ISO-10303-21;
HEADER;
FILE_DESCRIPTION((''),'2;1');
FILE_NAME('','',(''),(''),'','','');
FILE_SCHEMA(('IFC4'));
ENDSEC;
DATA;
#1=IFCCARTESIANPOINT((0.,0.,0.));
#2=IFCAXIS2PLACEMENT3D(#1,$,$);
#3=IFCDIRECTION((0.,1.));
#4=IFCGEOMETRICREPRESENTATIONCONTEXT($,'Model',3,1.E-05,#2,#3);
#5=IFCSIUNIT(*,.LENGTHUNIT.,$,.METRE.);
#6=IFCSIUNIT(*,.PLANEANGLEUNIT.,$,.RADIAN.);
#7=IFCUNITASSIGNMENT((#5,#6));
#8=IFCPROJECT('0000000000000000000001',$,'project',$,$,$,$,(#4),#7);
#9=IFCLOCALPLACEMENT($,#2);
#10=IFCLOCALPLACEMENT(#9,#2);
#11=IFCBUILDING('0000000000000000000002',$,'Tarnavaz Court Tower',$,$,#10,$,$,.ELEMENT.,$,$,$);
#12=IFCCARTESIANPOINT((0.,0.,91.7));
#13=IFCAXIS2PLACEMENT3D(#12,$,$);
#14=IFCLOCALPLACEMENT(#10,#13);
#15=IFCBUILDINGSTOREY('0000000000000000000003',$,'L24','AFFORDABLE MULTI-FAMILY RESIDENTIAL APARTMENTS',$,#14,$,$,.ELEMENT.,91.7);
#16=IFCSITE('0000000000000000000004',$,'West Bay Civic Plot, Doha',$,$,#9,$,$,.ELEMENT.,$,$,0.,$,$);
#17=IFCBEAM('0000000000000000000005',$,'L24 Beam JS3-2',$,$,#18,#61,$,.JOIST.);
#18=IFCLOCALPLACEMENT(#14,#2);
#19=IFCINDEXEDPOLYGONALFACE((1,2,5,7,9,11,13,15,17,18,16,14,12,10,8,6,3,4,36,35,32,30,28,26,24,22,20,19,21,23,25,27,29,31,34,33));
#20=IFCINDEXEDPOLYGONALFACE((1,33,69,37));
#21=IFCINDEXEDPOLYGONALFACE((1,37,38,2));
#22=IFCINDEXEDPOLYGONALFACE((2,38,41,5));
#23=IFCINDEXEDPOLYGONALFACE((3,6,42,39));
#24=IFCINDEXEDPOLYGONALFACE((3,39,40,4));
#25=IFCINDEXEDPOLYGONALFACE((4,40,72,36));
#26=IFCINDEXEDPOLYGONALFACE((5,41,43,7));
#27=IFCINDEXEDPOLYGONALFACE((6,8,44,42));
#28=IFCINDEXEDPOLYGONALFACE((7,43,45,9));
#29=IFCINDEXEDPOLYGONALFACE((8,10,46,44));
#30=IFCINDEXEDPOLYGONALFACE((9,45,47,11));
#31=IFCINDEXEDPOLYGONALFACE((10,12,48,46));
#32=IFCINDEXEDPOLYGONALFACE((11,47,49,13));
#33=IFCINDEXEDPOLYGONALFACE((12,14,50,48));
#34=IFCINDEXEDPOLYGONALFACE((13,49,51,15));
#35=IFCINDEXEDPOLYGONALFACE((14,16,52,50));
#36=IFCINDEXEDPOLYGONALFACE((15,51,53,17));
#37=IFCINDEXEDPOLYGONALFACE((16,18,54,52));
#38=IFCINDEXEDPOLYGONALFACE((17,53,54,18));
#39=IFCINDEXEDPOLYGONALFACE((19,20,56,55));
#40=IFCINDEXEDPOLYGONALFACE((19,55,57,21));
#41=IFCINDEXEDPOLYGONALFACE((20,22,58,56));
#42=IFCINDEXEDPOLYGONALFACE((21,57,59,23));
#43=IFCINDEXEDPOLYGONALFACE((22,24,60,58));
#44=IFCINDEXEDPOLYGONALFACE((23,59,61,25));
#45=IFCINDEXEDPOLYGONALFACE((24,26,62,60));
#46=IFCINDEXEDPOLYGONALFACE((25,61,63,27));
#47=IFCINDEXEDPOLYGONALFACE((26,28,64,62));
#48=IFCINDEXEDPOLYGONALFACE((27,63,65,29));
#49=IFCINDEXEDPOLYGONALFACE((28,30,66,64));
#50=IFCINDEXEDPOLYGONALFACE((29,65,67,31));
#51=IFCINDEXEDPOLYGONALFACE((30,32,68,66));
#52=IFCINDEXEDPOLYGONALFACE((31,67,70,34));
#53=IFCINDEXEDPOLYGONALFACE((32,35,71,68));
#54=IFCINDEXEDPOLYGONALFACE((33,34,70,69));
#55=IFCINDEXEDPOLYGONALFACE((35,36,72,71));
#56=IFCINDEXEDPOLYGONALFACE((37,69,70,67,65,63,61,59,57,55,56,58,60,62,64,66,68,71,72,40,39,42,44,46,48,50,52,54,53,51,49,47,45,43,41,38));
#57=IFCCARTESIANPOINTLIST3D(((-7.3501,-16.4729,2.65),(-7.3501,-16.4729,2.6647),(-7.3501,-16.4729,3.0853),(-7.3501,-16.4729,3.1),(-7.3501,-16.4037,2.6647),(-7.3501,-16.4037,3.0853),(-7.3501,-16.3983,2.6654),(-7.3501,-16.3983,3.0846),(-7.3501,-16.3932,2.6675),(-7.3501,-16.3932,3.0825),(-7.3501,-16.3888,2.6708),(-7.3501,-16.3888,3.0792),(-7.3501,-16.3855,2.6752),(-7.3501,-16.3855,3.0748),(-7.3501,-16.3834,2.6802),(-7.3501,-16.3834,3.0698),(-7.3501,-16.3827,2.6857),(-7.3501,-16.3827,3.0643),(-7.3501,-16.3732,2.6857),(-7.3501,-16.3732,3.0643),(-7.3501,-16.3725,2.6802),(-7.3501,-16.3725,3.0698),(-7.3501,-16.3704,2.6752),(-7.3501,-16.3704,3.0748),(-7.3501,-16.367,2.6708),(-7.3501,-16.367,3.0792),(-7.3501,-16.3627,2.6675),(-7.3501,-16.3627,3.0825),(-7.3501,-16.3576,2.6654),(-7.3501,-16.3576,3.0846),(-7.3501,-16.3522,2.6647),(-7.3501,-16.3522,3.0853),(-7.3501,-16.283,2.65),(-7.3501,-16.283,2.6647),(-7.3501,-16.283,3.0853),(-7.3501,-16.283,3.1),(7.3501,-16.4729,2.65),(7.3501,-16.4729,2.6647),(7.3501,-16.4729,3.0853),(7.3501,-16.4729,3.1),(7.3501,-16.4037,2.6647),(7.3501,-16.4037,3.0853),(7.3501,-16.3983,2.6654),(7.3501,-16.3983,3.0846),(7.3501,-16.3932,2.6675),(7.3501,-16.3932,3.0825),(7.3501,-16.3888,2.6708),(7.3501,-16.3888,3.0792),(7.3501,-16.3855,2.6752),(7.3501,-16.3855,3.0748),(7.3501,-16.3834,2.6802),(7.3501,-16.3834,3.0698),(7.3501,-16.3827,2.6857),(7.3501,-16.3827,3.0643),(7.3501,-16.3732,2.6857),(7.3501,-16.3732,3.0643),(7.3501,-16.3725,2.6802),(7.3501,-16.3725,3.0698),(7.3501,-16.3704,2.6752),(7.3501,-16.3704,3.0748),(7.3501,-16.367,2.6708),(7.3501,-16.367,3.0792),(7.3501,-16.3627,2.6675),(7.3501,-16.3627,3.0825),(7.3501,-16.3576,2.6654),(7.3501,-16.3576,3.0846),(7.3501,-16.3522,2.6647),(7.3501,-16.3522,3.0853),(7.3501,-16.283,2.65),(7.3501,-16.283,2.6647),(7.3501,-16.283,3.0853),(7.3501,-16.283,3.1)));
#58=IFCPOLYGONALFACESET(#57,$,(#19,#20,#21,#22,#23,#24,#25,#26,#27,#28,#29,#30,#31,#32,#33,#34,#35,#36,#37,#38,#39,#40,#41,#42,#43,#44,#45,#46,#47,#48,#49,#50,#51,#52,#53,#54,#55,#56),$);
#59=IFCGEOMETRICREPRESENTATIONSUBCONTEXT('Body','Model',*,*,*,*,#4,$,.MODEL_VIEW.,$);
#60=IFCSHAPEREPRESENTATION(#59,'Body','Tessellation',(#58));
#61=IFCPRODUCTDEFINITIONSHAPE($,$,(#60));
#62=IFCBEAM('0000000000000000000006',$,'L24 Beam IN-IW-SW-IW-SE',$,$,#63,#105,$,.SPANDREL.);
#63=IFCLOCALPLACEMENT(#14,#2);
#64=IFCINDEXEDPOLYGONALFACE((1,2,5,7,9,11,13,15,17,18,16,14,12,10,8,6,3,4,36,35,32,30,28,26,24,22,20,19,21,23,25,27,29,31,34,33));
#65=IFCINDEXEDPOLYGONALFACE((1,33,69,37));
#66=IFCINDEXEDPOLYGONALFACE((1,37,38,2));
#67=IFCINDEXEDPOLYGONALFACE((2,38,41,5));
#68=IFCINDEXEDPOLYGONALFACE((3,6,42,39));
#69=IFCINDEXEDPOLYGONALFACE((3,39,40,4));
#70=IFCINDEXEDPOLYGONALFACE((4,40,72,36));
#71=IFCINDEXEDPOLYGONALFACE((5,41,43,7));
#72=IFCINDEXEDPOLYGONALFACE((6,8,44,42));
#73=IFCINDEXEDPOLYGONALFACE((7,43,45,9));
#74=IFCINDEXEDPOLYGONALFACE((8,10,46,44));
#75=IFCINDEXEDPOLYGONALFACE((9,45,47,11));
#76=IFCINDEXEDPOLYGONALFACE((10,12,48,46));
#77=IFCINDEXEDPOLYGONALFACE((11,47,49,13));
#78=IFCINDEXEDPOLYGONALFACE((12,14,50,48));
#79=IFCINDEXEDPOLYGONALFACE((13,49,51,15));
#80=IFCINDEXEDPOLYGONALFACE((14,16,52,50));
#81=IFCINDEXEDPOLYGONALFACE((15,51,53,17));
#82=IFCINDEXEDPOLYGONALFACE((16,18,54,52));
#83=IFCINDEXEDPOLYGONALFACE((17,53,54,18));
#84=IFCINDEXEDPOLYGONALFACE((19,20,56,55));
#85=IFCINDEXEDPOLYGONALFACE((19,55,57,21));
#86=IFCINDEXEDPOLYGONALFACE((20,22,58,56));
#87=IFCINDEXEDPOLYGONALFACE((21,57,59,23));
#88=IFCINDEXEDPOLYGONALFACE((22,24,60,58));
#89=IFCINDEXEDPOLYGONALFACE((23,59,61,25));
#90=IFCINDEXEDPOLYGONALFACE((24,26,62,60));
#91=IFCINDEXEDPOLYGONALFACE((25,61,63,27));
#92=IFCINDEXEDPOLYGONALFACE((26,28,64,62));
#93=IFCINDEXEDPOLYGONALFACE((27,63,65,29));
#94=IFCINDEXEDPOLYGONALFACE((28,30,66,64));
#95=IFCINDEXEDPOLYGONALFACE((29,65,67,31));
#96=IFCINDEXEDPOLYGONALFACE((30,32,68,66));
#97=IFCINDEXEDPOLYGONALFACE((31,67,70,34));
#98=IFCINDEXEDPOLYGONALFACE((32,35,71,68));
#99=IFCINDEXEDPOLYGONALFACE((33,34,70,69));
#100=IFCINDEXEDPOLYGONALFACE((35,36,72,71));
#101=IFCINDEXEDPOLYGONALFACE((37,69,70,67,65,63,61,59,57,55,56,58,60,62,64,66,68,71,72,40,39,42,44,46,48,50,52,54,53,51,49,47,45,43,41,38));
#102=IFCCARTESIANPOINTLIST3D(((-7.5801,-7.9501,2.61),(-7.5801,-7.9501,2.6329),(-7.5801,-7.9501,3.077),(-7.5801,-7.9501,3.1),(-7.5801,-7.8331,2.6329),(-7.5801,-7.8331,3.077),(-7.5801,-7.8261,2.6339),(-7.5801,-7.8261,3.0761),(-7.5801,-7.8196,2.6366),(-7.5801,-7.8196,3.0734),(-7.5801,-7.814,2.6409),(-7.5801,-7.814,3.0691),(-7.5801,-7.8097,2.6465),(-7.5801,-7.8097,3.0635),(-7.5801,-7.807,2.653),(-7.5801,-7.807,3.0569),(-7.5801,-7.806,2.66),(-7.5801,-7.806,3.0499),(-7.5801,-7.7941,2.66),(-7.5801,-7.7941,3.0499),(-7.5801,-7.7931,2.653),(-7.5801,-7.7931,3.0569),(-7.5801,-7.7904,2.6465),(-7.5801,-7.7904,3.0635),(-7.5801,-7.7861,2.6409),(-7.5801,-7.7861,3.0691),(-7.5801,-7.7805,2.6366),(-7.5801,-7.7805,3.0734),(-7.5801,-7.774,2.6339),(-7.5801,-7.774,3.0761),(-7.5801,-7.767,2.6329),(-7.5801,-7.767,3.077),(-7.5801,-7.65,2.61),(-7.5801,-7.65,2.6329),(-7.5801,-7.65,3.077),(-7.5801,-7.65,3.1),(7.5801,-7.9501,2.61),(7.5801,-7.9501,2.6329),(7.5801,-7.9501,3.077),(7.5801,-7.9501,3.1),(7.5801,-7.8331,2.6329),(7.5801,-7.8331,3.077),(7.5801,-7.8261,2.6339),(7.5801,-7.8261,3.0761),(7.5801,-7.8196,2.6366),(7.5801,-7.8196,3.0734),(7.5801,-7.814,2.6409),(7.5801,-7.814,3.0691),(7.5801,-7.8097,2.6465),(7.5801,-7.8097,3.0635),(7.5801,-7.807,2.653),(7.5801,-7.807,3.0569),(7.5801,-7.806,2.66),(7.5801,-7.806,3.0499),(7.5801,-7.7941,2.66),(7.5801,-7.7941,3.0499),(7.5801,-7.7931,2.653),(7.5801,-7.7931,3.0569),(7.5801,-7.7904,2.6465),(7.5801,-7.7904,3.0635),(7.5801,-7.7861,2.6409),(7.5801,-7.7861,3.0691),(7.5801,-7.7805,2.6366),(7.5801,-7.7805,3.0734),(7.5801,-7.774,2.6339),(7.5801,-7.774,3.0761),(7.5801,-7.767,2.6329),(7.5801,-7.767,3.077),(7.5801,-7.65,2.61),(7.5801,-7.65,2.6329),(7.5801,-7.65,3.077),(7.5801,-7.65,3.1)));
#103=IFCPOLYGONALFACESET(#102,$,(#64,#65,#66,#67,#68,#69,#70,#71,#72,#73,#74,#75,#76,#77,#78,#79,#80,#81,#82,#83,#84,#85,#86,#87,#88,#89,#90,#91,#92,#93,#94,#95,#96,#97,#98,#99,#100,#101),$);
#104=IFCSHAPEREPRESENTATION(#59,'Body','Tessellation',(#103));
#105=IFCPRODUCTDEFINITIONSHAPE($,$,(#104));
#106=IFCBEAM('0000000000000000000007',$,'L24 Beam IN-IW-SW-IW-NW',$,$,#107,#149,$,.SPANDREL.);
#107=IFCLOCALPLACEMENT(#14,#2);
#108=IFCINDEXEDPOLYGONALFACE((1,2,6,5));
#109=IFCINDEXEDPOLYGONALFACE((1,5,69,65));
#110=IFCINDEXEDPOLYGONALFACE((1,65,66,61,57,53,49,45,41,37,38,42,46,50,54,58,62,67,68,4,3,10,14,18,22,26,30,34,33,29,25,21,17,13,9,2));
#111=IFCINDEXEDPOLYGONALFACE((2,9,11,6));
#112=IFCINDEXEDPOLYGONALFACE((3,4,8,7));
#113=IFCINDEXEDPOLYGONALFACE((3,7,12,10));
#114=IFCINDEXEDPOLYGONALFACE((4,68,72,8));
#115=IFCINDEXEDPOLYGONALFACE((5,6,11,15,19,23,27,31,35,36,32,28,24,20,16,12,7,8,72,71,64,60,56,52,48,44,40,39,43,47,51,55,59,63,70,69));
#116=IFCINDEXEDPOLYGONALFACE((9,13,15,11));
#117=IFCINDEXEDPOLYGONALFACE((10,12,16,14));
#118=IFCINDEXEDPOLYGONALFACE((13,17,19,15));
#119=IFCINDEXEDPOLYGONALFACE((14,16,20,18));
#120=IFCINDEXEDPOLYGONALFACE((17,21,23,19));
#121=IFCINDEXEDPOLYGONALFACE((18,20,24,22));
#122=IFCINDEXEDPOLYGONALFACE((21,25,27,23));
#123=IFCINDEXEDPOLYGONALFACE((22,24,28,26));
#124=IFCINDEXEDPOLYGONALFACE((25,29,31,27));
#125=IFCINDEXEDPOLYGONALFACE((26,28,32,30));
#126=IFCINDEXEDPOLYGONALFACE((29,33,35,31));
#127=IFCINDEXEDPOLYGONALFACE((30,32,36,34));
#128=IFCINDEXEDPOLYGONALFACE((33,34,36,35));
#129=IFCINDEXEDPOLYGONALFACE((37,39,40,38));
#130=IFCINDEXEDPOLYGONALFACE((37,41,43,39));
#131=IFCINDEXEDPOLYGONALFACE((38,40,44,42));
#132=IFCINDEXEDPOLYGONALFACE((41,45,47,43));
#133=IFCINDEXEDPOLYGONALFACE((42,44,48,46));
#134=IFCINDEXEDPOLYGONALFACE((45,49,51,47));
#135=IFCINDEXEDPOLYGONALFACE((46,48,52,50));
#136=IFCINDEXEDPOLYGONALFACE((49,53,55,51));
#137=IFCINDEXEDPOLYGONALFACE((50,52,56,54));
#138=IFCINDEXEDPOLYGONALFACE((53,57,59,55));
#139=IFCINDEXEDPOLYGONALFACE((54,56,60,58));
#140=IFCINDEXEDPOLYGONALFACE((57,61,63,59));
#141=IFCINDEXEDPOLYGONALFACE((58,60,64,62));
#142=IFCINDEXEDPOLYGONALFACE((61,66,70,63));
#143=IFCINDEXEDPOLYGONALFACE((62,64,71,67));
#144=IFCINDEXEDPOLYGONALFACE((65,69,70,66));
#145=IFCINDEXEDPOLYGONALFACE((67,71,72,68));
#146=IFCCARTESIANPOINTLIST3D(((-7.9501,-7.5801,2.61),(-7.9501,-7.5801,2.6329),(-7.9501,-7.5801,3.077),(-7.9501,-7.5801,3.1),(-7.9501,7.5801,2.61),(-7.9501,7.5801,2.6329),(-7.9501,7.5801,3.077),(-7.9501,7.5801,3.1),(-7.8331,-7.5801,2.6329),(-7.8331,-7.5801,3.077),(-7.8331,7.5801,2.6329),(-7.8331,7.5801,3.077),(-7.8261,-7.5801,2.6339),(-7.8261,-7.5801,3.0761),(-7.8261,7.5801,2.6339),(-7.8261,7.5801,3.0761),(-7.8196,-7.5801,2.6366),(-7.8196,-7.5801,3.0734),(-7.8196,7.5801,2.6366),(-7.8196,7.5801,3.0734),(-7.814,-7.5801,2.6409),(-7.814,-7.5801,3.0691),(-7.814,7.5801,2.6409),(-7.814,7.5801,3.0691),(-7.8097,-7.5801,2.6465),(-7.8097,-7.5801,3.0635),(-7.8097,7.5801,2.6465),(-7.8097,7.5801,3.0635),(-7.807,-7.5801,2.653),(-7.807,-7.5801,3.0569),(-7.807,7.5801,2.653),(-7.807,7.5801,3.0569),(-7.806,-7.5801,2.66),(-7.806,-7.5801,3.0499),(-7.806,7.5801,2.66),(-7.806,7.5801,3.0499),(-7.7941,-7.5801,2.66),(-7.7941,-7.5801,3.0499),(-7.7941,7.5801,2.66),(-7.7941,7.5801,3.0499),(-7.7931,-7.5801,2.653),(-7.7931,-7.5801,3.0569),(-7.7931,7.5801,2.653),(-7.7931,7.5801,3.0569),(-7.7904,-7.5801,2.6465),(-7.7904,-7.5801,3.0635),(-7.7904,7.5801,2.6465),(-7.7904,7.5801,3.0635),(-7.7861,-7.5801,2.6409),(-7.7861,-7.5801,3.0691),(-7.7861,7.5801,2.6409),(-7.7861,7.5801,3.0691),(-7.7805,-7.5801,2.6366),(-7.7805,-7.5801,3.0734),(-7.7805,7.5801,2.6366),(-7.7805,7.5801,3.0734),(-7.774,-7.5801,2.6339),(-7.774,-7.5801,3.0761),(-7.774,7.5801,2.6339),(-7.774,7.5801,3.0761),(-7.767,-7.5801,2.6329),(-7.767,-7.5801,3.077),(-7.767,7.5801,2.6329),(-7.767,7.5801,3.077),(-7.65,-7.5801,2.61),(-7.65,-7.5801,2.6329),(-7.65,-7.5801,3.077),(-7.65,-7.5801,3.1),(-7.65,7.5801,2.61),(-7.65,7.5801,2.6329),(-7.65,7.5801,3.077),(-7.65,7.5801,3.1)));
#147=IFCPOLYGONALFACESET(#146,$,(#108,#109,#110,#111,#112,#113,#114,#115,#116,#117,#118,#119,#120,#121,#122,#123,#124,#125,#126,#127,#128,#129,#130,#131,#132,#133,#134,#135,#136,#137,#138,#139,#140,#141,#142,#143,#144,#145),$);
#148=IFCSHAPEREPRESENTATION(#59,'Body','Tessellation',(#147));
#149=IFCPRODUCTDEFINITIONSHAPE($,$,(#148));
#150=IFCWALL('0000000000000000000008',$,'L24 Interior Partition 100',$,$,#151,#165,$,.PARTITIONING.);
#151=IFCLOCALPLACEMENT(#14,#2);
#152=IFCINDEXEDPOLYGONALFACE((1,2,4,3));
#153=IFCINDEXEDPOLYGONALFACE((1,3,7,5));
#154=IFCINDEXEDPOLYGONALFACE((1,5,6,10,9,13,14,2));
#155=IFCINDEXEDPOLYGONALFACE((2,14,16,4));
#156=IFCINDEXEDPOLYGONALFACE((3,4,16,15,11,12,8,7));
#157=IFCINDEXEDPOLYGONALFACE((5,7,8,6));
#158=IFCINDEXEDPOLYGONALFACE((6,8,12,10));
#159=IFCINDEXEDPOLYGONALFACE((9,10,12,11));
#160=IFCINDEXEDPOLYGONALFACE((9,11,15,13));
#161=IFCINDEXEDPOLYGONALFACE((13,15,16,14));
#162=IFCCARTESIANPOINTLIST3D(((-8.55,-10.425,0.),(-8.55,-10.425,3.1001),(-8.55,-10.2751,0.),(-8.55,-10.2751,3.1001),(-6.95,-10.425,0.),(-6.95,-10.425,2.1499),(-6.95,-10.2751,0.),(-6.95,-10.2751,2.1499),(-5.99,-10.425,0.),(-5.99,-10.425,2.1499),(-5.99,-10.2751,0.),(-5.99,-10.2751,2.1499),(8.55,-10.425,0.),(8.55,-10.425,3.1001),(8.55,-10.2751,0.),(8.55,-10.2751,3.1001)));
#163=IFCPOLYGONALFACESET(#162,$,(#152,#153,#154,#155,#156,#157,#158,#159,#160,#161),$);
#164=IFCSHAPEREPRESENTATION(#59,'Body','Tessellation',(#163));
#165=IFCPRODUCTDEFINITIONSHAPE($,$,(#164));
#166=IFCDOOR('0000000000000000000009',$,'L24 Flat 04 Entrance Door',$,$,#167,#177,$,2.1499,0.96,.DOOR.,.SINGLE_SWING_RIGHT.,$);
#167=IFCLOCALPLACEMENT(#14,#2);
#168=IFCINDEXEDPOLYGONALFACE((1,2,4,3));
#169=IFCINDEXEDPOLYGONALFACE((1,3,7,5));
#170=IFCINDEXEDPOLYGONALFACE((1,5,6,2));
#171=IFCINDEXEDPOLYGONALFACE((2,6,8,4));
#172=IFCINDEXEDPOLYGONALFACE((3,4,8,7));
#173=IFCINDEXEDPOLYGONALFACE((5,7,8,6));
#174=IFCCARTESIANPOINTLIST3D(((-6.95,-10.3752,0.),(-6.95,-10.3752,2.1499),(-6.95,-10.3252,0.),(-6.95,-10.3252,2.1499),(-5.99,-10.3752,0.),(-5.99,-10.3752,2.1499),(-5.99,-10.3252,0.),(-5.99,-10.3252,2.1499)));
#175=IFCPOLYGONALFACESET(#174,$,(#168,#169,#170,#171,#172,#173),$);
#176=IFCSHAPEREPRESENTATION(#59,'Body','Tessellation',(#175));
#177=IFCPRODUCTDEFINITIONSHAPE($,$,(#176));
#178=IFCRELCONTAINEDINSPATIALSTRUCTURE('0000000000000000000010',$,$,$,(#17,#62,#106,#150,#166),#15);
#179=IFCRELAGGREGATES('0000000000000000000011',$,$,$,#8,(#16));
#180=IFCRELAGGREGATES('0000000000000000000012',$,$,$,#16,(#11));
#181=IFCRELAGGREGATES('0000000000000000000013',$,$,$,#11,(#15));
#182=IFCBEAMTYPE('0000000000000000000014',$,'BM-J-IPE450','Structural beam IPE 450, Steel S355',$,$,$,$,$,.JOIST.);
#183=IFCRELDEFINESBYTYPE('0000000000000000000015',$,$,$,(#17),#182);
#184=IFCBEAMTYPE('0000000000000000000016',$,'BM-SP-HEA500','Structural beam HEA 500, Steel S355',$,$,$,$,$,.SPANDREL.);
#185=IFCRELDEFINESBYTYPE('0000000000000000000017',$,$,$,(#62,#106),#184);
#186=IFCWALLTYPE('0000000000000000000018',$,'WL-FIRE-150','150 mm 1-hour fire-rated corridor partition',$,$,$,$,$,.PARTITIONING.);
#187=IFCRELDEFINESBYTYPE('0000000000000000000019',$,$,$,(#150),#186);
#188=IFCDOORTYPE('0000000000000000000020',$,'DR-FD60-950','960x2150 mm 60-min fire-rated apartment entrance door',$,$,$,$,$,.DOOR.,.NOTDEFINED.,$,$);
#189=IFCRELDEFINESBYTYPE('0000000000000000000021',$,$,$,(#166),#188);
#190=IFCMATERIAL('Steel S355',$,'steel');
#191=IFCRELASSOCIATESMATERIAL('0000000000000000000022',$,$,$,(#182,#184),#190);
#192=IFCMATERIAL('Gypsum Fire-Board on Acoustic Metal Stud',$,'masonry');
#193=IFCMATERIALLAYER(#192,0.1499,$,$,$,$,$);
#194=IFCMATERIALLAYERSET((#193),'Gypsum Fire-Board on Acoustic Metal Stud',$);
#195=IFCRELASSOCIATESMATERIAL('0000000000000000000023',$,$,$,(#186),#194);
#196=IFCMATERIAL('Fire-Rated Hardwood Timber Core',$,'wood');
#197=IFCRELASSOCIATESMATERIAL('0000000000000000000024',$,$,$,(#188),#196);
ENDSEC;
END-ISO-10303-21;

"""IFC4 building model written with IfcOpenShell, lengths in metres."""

from ifc_helpers import new_model, si_unit, direction, frame, frame_2d, origin, origin_2d, place, context, subcontext, project, spatial, rectangle, i_section, extrude, material, layer, layer_set, material_profile, profile_set, type_object, element, fill, save


model = new_model("IFC4")

# Units and contexts
model_context = context("Model", 3, precision=1e-05, world=origin(), true_north=direction((0.0, 1.0)))
body_context = subcontext(model_context, "Body", "Model", "MODEL_VIEW")
ifc_project = project(units=[si_unit("LENGTHUNIT", "METRE"), si_unit("PLANEANGLEUNIT", "RADIAN")], contexts=[model_context])

# Site, building, storey
site_placement = place(None, origin())
site = spatial("IfcSite", under=ifc_project, at=site_placement, Name="West Bay Civic Plot, Doha", CompositionType="ELEMENT", RefElevation=0.0)
building_placement = place(site_placement, origin())
building = spatial("IfcBuilding", under=site, at=building_placement, Name="Tarnavaz Court Tower", CompositionType="ELEMENT")
storey_placement = place(building_placement, frame((0.0, 0.0, 91.7)))
storey = spatial("IfcBuildingStorey", under=building, at=storey_placement, Name="L24", Description="AFFORDABLE MULTI-FAMILY RESIDENTIAL APARTMENTS", CompositionType="ELEMENT", Elevation=91.7)

# Beams
ifc_material_1 = material(Name="Steel S355", Category="steel")
ifc_material_profile_1 = material_profile(ifc_material_1, i_section(OverallWidth=0.1899, OverallDepth=0.45, WebThickness=0.0095, FlangeThickness=0.0146, FilletRadius=0.021, at=origin_2d()), Name="IPE 450")
ifc_profile_set_1 = profile_set([ifc_material_profile_1], Name="Steel S355")
beam_type_1 = type_object("IfcBeamType", Name="BM-J-IPE450", Description="Structural beam IPE 450, Steel S355", PredefinedType="JOIST", material=ifc_profile_set_1)
for number, where, z_axis, x_axis, name in (
    (1, (-7.3501, -16.3779, 2.875), (1.0, 0.0, 0.0), (0.0, 1.0, 0.0), "L24 Beam JS3-2"),
):
    element("IfcBeam", number, at=place(storey_placement, frame(where, z_axis=z_axis, x_axis=x_axis)), inside=storey, type_object=beam_type_1, Name=name, PredefinedType="JOIST", context=body_context, shape_type="SweptSolid", body=[
        extrude(i_section(OverallWidth=0.1899, OverallDepth=0.45, WebThickness=0.0095, FlangeThickness=0.0146, FilletRadius=0.021, at=origin_2d()), origin(), (0.0, 0.0, 1.0), 14.7002),
    ])
ifc_material_profile_2 = material_profile(ifc_material_1, i_section(OverallWidth=0.3, OverallDepth=0.49, WebThickness=0.012, FlangeThickness=0.0229, FilletRadius=0.0271, at=origin_2d()), Name="HEA 500")
ifc_profile_set_2 = profile_set([ifc_material_profile_2], Name="Steel S355")
beam_type_2 = type_object("IfcBeamType", Name="BM-SP-HEA500", Description="Structural beam HEA 500, Steel S355", PredefinedType="SPANDREL", material=ifc_profile_set_2)
for number, where, z_axis, x_axis, name in (
    (2, (-7.5801, -7.8, 2.855), (1.0, 0.0, 0.0), (0.0, 1.0, 0.0), "L24 Beam IN-IW-SW-IW-SE"),
    (3, (-7.8, -7.5801, 2.855), (0.0, 1.0, 0.0), (-1.0, 0.0, 0.0), "L24 Beam IN-IW-SW-IW-NW"),
):
    element("IfcBeam", number, at=place(storey_placement, frame(where, z_axis=z_axis, x_axis=x_axis)), inside=storey, type_object=beam_type_2, Name=name, PredefinedType="SPANDREL", context=body_context, shape_type="SweptSolid", body=[
        extrude(i_section(OverallWidth=0.3, OverallDepth=0.49, WebThickness=0.012, FlangeThickness=0.0229, FilletRadius=0.0271, at=origin_2d()), origin(), (0.0, 0.0, 1.0), 15.1602),
    ])

# Wall, opening, door
ifc_material_2 = material(Name="Gypsum Fire-Board on Acoustic Metal Stud", Category="masonry")
ifc_layer_1 = layer(ifc_material_2, 0.1499)
ifc_layer_set_1 = layer_set([ifc_layer_1], Name="Gypsum Fire-Board on Acoustic Metal Stud")
wall_type_1 = type_object("IfcWallType", Name="WL-FIRE-150", Description="150 mm 1-hour fire-rated corridor partition", PredefinedType="PARTITIONING", material=ifc_layer_set_1)
wall_1_placement = place(storey_placement, frame((-8.55, -10.3501, 0.0), z_axis=(0.0, 0.0, 1.0), x_axis=(1.0, 0.0, 0.0)))
wall_1 = element("IfcWall", 4, at=wall_1_placement, inside=storey, type_object=wall_type_1, Name="L24 Interior Partition 100", PredefinedType="PARTITIONING", context=body_context, shape_type="SweptSolid", body=[
    extrude(rectangle(XDim=17.1001, YDim=0.1499, at=frame_2d((8.55, 0.0))), origin(), (0.0, 0.0, 1.0), 3.1001),
])
opening_1_placement = place(wall_1_placement, frame((1.6001, 0.0, 0.0)))
opening_1 = element("IfcOpeningElement", 5, at=opening_1_placement, cuts=wall_1, PredefinedType="OPENING", context=body_context, shape_type="SweptSolid", body=[
    extrude(rectangle(XDim=0.96, YDim=2.1499, at=frame_2d((0.48, 1.075))), frame((0.0, 0.085, 0.0), z_axis=(0.0, -1.0, 0.0), x_axis=(1.0, 0.0, 0.0)), (0.0, 0.0, 1.0), 0.1699),
])
ifc_material_3 = material(Name="Fire-Rated Hardwood Timber Core", Category="wood")
door_type_1 = type_object("IfcDoorType", Name="DR-FD60-950", Description="960x2150 mm 60-min fire-rated apartment entrance door", OperationType="NOTDEFINED", PredefinedType="DOOR", material=ifc_material_3)
door_1_placement = place(opening_1_placement, origin())
door_1 = element("IfcDoor", 6, at=door_1_placement, inside=storey, type_object=door_type_1, Name="L24 Flat 04 Entrance Door", OperationType="SINGLE_SWING_RIGHT", OverallHeight=2.1499, OverallWidth=0.96, PredefinedType="DOOR", context=body_context, shape_type="SweptSolid", body=[
    extrude(rectangle(XDim=0.96, YDim=2.1499, at=frame_2d((0.48, 1.075))), frame((0.0, 0.0249, 0.0), z_axis=(0.0, -1.0, 0.0), x_axis=(1.0, 0.0, 0.0)), (0.0, 0.0, 1.0), 0.05),
])
fill(opening_1, door_1)

save(model, "model.ifc")
